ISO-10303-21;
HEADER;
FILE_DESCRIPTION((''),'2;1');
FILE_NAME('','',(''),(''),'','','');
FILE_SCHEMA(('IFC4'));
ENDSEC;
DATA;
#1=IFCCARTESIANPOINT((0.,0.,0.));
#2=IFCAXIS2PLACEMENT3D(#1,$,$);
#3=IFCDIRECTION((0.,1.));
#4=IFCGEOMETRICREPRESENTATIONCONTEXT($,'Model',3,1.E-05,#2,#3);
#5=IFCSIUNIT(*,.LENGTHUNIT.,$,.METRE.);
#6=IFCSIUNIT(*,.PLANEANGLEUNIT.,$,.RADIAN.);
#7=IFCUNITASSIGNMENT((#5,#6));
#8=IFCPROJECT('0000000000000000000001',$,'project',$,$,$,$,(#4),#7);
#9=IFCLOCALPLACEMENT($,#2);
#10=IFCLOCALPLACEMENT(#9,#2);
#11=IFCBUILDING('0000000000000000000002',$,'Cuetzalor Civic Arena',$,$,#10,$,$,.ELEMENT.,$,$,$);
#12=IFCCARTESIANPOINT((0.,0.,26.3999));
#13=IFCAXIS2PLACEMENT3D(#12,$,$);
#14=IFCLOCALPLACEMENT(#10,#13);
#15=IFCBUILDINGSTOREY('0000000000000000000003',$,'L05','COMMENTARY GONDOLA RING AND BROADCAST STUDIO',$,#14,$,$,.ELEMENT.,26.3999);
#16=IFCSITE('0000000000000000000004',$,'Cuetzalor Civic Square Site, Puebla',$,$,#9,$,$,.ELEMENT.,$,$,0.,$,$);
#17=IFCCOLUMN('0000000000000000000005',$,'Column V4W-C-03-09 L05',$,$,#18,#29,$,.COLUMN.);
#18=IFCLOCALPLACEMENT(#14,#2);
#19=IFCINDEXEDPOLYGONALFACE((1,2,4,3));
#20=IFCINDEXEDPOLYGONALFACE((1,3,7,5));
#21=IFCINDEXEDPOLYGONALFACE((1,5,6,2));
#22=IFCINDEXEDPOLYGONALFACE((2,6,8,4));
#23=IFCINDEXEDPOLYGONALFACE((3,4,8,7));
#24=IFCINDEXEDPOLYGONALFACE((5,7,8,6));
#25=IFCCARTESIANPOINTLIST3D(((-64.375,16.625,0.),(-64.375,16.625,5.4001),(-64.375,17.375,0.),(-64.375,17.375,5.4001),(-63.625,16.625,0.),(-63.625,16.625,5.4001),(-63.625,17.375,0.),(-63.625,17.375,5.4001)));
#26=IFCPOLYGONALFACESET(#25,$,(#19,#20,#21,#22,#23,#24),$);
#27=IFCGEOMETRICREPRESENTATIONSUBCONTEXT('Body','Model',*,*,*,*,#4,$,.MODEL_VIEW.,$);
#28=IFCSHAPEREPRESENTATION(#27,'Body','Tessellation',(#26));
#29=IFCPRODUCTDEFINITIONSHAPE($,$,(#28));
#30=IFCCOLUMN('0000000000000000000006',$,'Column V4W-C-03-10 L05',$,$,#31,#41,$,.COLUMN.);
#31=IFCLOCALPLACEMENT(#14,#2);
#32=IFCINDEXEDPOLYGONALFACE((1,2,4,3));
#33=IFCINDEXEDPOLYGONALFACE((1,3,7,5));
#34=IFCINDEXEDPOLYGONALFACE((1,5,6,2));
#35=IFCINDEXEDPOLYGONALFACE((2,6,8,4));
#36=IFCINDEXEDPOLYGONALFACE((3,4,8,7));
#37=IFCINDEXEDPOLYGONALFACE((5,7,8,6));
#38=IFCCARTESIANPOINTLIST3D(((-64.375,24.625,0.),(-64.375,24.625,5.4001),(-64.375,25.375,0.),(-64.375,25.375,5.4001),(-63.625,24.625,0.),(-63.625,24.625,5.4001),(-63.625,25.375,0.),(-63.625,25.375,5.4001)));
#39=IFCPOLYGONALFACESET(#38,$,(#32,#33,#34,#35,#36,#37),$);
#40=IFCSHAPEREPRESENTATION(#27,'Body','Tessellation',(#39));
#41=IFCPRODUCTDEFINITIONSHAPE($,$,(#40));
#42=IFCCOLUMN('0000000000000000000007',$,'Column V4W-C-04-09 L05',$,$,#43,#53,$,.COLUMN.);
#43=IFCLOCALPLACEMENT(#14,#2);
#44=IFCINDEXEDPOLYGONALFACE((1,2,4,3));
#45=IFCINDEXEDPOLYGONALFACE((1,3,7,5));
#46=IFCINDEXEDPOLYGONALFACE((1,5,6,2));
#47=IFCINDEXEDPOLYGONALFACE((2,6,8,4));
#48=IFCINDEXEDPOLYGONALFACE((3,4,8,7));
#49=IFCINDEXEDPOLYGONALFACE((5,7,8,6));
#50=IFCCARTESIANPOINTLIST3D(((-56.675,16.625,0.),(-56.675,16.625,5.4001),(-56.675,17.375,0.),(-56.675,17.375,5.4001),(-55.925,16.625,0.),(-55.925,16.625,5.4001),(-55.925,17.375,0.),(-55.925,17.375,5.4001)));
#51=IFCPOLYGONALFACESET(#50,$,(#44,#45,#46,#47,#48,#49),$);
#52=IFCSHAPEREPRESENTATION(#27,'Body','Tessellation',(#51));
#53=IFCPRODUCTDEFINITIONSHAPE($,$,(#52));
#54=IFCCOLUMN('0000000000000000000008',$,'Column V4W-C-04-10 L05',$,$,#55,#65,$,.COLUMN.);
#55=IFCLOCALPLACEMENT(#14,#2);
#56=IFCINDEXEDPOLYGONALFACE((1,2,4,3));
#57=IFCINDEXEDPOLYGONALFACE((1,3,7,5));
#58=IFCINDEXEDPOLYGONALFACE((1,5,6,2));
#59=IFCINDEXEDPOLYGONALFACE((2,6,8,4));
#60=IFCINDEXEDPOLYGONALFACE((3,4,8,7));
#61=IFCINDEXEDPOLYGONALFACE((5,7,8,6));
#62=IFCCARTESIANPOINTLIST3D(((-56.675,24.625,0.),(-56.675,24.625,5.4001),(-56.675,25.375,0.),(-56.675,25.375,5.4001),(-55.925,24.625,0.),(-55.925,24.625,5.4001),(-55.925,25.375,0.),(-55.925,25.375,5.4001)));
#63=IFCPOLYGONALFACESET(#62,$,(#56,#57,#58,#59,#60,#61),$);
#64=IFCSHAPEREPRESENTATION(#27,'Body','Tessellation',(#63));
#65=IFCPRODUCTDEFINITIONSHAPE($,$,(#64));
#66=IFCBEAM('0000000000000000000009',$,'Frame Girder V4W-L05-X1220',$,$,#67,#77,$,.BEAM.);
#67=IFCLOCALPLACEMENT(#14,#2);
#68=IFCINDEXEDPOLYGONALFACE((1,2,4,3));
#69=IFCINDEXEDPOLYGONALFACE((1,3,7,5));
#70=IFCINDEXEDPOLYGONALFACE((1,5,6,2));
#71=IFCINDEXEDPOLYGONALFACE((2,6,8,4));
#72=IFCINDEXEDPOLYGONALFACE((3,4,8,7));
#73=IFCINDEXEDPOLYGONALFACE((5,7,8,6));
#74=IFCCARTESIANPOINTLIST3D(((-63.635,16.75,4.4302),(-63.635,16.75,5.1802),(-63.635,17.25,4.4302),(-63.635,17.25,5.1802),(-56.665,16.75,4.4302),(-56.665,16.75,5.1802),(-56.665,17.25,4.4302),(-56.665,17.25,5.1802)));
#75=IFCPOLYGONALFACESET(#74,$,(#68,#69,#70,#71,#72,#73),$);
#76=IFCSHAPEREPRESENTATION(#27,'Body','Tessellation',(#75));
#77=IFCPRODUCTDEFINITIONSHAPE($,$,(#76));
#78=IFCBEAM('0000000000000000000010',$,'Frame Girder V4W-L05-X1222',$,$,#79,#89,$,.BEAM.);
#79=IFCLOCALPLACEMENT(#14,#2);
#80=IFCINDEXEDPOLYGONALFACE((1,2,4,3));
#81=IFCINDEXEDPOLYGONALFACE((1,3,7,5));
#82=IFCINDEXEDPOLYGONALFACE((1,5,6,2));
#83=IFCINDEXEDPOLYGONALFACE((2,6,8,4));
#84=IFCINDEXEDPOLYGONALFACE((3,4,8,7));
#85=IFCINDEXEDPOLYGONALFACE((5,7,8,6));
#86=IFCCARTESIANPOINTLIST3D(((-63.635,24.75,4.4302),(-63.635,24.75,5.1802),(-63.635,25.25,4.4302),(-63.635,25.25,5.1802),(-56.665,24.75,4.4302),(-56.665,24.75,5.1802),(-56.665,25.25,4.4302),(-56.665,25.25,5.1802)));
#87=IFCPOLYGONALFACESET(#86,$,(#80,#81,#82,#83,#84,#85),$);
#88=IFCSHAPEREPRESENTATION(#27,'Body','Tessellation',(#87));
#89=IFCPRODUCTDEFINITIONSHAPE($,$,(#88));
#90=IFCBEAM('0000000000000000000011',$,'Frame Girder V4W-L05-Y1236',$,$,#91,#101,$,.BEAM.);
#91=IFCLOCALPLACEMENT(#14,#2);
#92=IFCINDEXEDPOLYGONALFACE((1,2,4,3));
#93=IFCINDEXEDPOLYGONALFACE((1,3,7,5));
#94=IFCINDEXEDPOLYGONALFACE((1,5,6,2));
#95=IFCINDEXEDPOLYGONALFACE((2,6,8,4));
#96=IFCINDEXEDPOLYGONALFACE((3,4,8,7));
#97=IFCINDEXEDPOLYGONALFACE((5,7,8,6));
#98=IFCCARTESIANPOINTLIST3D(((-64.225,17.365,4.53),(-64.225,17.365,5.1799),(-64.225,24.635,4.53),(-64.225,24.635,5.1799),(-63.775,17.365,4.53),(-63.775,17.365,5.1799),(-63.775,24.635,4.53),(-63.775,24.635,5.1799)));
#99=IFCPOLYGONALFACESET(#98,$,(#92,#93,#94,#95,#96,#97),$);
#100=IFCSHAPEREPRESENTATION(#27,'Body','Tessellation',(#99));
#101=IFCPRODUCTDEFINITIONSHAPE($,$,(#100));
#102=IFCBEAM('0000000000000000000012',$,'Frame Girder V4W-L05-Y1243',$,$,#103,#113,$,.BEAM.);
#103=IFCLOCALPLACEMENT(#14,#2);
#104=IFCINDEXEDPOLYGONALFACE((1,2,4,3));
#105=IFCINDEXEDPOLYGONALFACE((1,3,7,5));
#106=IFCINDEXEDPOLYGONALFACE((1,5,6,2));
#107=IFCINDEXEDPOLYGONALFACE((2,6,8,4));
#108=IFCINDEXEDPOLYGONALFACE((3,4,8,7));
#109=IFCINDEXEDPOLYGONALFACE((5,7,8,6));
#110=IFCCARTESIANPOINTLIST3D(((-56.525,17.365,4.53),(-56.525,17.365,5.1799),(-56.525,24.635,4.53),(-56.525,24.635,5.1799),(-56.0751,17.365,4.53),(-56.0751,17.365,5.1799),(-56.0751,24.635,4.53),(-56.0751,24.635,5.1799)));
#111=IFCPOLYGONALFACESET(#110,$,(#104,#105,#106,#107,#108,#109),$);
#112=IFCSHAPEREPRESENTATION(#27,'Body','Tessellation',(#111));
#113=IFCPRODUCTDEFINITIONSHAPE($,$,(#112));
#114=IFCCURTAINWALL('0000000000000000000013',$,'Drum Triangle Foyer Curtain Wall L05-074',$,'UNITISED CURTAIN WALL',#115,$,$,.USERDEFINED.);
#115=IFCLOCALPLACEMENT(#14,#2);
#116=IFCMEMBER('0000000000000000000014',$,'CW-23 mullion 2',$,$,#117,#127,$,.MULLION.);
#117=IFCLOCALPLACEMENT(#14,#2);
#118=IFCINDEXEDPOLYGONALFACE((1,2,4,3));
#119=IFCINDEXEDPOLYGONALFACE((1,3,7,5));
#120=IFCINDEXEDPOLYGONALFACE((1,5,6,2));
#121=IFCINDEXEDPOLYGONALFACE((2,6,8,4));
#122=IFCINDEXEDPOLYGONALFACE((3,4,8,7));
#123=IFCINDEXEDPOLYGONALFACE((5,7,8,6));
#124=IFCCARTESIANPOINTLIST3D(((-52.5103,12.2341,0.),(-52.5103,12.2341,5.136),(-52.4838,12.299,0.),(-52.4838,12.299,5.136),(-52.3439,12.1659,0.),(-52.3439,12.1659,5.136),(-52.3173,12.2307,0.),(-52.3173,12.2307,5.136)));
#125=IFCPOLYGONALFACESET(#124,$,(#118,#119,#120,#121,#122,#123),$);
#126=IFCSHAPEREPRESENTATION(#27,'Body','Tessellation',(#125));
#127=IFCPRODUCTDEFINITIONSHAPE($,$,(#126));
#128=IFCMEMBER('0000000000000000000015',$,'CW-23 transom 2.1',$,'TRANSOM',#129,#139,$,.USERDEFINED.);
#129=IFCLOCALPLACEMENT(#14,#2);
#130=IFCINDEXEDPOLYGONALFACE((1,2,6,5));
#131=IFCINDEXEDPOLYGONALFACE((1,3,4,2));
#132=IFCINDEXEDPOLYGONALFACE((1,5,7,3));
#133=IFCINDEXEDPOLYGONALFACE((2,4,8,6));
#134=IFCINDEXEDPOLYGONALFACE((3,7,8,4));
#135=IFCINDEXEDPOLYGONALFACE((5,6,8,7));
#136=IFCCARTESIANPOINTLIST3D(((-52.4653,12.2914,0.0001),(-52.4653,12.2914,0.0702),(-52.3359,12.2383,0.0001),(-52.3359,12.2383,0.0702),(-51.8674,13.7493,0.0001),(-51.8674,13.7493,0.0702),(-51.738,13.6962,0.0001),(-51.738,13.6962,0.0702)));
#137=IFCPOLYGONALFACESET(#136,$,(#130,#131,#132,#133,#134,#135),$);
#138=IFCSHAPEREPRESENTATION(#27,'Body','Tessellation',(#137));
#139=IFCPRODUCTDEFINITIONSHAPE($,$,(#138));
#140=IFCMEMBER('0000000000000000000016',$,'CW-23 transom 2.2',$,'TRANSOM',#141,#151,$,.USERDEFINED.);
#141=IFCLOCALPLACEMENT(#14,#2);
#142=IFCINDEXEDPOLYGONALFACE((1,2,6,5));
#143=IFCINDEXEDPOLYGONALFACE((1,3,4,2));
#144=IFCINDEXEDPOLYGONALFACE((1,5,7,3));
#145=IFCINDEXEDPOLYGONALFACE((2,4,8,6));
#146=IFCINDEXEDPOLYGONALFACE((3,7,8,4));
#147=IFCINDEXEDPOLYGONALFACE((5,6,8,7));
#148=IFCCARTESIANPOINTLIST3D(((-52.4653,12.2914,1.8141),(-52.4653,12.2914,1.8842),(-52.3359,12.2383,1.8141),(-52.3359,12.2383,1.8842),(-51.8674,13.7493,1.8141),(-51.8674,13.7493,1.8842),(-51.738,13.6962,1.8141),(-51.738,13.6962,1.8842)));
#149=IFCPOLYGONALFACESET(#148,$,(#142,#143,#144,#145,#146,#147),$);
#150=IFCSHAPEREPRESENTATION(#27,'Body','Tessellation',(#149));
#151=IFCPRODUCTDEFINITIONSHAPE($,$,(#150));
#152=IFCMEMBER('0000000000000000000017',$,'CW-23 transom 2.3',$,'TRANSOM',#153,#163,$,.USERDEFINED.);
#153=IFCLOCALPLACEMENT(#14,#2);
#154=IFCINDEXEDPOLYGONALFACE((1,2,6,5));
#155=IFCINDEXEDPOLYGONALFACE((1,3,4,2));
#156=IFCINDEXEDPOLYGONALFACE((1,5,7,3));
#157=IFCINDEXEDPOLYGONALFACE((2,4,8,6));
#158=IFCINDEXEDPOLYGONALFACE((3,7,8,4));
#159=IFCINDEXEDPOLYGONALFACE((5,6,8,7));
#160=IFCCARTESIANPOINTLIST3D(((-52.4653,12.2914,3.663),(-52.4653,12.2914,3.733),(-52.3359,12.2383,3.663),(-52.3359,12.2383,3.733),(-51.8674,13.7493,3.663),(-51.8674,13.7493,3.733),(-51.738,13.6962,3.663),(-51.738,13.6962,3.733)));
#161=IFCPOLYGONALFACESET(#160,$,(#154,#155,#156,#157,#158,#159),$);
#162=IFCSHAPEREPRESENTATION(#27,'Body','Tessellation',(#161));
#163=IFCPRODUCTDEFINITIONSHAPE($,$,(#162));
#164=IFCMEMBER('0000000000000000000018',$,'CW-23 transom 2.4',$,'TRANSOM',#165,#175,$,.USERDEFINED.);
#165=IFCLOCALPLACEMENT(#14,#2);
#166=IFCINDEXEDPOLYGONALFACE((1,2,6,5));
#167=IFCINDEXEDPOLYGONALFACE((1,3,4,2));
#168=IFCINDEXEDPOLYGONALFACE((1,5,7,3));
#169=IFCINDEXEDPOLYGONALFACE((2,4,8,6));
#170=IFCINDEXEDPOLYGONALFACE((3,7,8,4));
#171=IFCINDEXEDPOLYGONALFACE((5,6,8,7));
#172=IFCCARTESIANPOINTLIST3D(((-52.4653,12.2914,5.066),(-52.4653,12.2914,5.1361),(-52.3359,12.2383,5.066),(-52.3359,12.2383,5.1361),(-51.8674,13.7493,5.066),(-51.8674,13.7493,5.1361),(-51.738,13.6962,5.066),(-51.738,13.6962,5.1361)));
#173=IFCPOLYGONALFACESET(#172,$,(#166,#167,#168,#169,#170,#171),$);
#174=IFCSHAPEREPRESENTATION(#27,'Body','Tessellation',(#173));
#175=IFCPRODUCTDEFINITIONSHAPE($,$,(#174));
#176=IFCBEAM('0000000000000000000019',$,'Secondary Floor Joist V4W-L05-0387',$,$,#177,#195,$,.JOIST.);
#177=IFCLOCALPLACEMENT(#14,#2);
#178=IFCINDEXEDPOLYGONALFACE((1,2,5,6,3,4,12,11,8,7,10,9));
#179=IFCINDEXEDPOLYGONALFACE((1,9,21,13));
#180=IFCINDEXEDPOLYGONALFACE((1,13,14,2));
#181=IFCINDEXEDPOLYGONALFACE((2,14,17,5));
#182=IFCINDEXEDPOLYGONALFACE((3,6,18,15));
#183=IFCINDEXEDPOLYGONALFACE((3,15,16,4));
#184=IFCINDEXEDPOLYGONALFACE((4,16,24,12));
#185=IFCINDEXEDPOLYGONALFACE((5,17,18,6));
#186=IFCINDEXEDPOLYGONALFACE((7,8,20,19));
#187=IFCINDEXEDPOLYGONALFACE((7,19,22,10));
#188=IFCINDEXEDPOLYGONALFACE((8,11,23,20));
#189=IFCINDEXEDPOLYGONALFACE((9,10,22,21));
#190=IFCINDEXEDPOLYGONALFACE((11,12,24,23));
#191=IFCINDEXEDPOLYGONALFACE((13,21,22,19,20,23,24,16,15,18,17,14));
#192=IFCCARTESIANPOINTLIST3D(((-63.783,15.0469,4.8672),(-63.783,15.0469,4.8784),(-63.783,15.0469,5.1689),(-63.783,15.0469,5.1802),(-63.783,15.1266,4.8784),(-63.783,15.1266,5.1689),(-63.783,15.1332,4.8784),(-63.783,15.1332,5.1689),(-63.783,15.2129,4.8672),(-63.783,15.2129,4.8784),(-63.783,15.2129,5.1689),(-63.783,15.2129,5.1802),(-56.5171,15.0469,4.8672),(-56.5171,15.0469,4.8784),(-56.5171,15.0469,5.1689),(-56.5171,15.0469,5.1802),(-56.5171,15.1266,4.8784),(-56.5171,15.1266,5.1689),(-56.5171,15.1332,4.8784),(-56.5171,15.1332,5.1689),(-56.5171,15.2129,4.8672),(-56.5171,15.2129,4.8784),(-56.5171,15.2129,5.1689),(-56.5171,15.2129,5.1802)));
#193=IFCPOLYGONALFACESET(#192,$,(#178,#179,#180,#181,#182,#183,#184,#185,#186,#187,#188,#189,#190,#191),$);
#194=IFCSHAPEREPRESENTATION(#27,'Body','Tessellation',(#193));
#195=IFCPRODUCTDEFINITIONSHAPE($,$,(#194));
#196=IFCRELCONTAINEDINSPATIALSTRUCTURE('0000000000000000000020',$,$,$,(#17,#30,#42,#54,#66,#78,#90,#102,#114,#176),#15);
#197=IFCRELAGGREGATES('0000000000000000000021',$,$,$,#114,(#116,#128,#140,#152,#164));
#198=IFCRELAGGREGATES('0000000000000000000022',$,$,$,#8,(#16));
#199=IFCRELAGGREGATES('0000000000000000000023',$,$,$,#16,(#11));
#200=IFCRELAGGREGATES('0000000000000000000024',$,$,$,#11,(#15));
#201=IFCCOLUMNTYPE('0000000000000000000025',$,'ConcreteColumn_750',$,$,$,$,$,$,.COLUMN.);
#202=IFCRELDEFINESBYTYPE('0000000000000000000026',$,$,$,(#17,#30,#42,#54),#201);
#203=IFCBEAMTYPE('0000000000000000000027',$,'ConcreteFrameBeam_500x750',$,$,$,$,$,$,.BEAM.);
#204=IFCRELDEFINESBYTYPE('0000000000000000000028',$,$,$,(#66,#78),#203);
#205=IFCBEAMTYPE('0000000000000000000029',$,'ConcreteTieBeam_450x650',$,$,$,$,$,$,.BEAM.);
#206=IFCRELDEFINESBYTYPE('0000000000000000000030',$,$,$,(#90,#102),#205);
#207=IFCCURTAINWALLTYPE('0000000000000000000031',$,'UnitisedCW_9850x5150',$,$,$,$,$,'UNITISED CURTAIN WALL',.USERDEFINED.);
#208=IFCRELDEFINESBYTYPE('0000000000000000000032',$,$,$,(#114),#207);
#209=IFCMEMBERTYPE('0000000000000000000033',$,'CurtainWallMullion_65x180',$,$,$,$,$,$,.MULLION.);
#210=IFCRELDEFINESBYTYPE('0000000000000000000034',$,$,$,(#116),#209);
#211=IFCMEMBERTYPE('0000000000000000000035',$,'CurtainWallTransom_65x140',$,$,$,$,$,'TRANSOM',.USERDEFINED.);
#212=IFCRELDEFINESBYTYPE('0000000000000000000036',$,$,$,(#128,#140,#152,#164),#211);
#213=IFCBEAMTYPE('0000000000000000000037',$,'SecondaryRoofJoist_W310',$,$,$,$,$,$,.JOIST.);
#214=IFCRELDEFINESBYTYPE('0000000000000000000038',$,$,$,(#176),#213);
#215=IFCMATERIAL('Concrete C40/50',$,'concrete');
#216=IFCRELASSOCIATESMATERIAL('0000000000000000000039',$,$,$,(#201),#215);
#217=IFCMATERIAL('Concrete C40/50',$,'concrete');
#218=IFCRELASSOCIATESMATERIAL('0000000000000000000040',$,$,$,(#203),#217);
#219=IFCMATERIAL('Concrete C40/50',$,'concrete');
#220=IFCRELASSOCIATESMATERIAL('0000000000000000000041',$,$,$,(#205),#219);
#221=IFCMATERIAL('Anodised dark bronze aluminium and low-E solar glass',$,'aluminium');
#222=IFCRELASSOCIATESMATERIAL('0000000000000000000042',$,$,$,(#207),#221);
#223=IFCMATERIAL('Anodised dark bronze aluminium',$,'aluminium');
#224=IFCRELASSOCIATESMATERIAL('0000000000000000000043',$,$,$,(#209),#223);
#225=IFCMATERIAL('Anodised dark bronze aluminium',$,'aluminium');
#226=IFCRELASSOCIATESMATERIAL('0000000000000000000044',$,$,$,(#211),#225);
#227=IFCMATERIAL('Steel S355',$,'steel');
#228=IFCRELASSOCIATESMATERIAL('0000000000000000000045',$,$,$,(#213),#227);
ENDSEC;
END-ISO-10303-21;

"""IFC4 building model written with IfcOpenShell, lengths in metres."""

from ifc_helpers import new_model, si_unit, direction, frame, origin, origin_2d, place, context, subcontext, project, spatial, rectangle, i_section, extrude, material, material_profile, profile_set, type_object, element, aggregate, save


model = new_model("IFC4")

# Units and contexts
model_context = context("Model", 3, precision=1e-05, world=origin(), true_north=direction((0.0, 1.0)))
body_context = subcontext(model_context, "Body", "Model", "MODEL_VIEW")
ifc_project = project(units=[si_unit("LENGTHUNIT", "METRE"), si_unit("PLANEANGLEUNIT", "RADIAN")], contexts=[model_context])

# Site, building, storey
site_placement = place(None, origin())
site = spatial("IfcSite", under=ifc_project, at=site_placement, Name="Cuetzalor Civic Square Site, Puebla", CompositionType="ELEMENT", RefElevation=0.0)
building_placement = place(site_placement, origin())
building = spatial("IfcBuilding", under=site, at=building_placement, Name="Cuetzalor Civic Arena", CompositionType="ELEMENT")
storey_placement = place(building_placement, frame((0.0, 0.0, 26.3999)))
storey = spatial("IfcBuildingStorey", under=building, at=storey_placement, Name="L05", Description="COMMENTARY GONDOLA RING AND BROADCAST STUDIO", CompositionType="ELEMENT", Elevation=26.3999)

# Columns
ifc_material_1 = material(Name="Concrete C40/50", Category="concrete")
ifc_material_profile_1 = material_profile(ifc_material_1, rectangle(XDim=0.75, YDim=0.75, at=origin_2d()), Name="RC 750x750")
ifc_profile_set_1 = profile_set([ifc_material_profile_1], Name="Concrete C40/50")
column_type = type_object("IfcColumnType", Name="ConcreteColumn_750", PredefinedType="COLUMN", material=ifc_profile_set_1)
for number, where, z_axis, x_axis, name in (
    (1, (-64.0, 17.0, 0.0), (0.0, 0.0, 1.0), (1.0, 0.0, 0.0), "Column V4W-C-03-09 L05"),
    (2, (-64.0, 25.0, 0.0), (0.0, 0.0, 1.0), (1.0, 0.0, 0.0), "Column V4W-C-03-10 L05"),
    (3, (-56.3, 17.0, 0.0), (0.0, 0.0, 1.0), (1.0, 0.0, 0.0), "Column V4W-C-04-09 L05"),
    (4, (-56.3, 25.0, 0.0), (0.0, 0.0, 1.0), (1.0, 0.0, 0.0), "Column V4W-C-04-10 L05"),
):
    element("IfcColumn", number, at=place(storey_placement, frame(where, z_axis=z_axis, x_axis=x_axis)), inside=storey, type_object=column_type, Name=name, PredefinedType="COLUMN", context=body_context, shape_type="SweptSolid", body=[
        extrude(rectangle(XDim=0.75, YDim=0.75, at=origin_2d()), origin(), (0.0, 0.0, 1.0), 5.4001),
    ])

# Beams
ifc_material_2 = material(Name="Concrete C40/50", Category="concrete")
ifc_material_profile_2 = material_profile(ifc_material_2, rectangle(XDim=0.5, YDim=0.75, at=origin_2d()), Name="RC 500x750")
ifc_profile_set_2 = profile_set([ifc_material_profile_2], Name="Concrete C40/50")
beam_type_1 = type_object("IfcBeamType", Name="ConcreteFrameBeam_500x750", PredefinedType="BEAM", material=ifc_profile_set_2)
for number, where, z_axis, x_axis, name in (
    (5, (-63.635, 17.0, 4.8052), (1.0, 0.0, 0.0), (0.0, 1.0, 0.0), "Frame Girder V4W-L05-X1220"),
    (6, (-63.635, 25.0, 4.8052), (1.0, 0.0, 0.0), (0.0, 1.0, 0.0), "Frame Girder V4W-L05-X1222"),
):
    element("IfcBeam", number, at=place(storey_placement, frame(where, z_axis=z_axis, x_axis=x_axis)), inside=storey, type_object=beam_type_1, Name=name, PredefinedType="BEAM", context=body_context, shape_type="SweptSolid", body=[
        extrude(rectangle(XDim=0.5, YDim=0.75, at=origin_2d()), origin(), (0.0, 0.0, 1.0), 6.97),
    ])
ifc_material_3 = material(Name="Concrete C40/50", Category="concrete")
ifc_material_profile_3 = material_profile(ifc_material_3, rectangle(XDim=0.45, YDim=0.6499, at=origin_2d()), Name="RC 450x650")
ifc_profile_set_3 = profile_set([ifc_material_profile_3], Name="Concrete C40/50")
beam_type_2 = type_object("IfcBeamType", Name="ConcreteTieBeam_450x650", PredefinedType="BEAM", material=ifc_profile_set_3)
for number, where, z_axis, x_axis, name in (
    (7, (-64.0, 17.365, 4.855), (0.0, 1.0, 0.0), (-1.0, 0.0, 0.0), "Frame Girder V4W-L05-Y1236"),
    (8, (-56.3, 17.365, 4.855), (0.0, 1.0, 0.0), (-1.0, 0.0, 0.0), "Frame Girder V4W-L05-Y1243"),
):
    element("IfcBeam", number, at=place(storey_placement, frame(where, z_axis=z_axis, x_axis=x_axis)), inside=storey, type_object=beam_type_2, Name=name, PredefinedType="BEAM", context=body_context, shape_type="SweptSolid", body=[
        extrude(rectangle(XDim=0.45, YDim=0.6499, at=origin_2d()), origin(), (0.0, 0.0, 1.0), 7.27),
    ])

# Curtain wall, members
ifc_material_4 = material(Name="Anodised dark bronze aluminium and low-E solar glass", Category="aluminium")
curtain_wall_type = type_object("IfcCurtainWallType", Name="UnitisedCW_9850x5150", ElementType="UNITISED CURTAIN WALL", PredefinedType="USERDEFINED", material=ifc_material_4)
curtain_wall_placement = place(storey_placement, origin())
curtain_wall = element("IfcCurtainWall", 9, at=curtain_wall_placement, inside=storey, type_object=curtain_wall_type, Name="Drum Triangle Foyer Curtain Wall L05-074", ObjectType="UNITISED CURTAIN WALL", PredefinedType="USERDEFINED")
ifc_material_5 = material(Name="Anodised dark bronze aluminium", Category="aluminium")
ifc_material_profile_4 = material_profile(ifc_material_5, rectangle(XDim=0.0701, YDim=0.1799, at=origin_2d()), Name="ALU MULLION 70x180")
ifc_profile_set_4 = profile_set([ifc_material_profile_4], Name="Anodised dark bronze aluminium")
member_type_1 = type_object("IfcMemberType", Name="CurtainWallMullion_65x180", PredefinedType="MULLION", material=ifc_profile_set_4)
member_1_placement = place(storey_placement, frame((-52.4138, 12.2324, 0.0), z_axis=(0.0, 0.0, 1.0), x_axis=(0.379391, 0.925236, 0.0)))
member_1 = element("IfcMember", 10, at=member_1_placement, type_object=member_type_1, Name="CW-23 mullion 2", PredefinedType="MULLION", context=body_context, shape_type="SweptSolid", body=[
    extrude(rectangle(XDim=0.0701, YDim=0.1799, at=origin_2d()), origin(), (0.0, 0.0, 1.0), 5.136),
])
ifc_material_6 = material(Name="Anodised dark bronze aluminium", Category="aluminium")
ifc_material_profile_5 = material_profile(ifc_material_6, rectangle(XDim=0.1399, YDim=0.0701, at=origin_2d()), Name="ALU TRANSOM 70x140")
ifc_profile_set_5 = profile_set([ifc_material_profile_5], Name="Anodised dark bronze aluminium")
member_type_2 = type_object("IfcMemberType", Name="CurtainWallTransom_65x140", ElementType="TRANSOM", PredefinedType="USERDEFINED", material=ifc_profile_set_5)
member_2_placement = place(storey_placement, frame((-52.4006, 12.2649, 0.0352), z_axis=(0.379471, 0.925203, 0.0), x_axis=(-0.925203, 0.379471, 0.0)))
member_2 = element("IfcMember", 11, at=member_2_placement, type_object=member_type_2, Name="CW-23 transom 2.1", ObjectType="TRANSOM", PredefinedType="USERDEFINED", context=body_context, shape_type="SweptSolid", body=[
    extrude(rectangle(XDim=0.1399, YDim=0.0701, at=origin_2d()), origin(), (0.0, 0.0, 1.0), 1.5757),
])
member_3_placement = place(storey_placement, frame((-52.4006, 12.2649, 1.8491), z_axis=(0.379471, 0.925203, 0.0), x_axis=(-0.925203, 0.379471, 0.0)))
member_3 = element("IfcMember", 12, at=member_3_placement, type_object=member_type_2, Name="CW-23 transom 2.2", ObjectType="TRANSOM", PredefinedType="USERDEFINED", context=body_context, shape_type="SweptSolid", body=[
    extrude(rectangle(XDim=0.1399, YDim=0.0701, at=origin_2d()), origin(), (0.0, 0.0, 1.0), 1.5757),
])
member_4_placement = place(storey_placement, frame((-52.4006, 12.2649, 3.698), z_axis=(0.379471, 0.925203, 0.0), x_axis=(-0.925203, 0.379471, 0.0)))
member_4 = element("IfcMember", 13, at=member_4_placement, type_object=member_type_2, Name="CW-23 transom 2.3", ObjectType="TRANSOM", PredefinedType="USERDEFINED", context=body_context, shape_type="SweptSolid", body=[
    extrude(rectangle(XDim=0.1399, YDim=0.0701, at=origin_2d()), origin(), (0.0, 0.0, 1.0), 1.5757),
])
member_5_placement = place(storey_placement, frame((-52.4006, 12.2649, 5.1011), z_axis=(0.379471, 0.925203, 0.0), x_axis=(-0.925203, 0.379471, 0.0)))
member_5 = element("IfcMember", 14, at=member_5_placement, type_object=member_type_2, Name="CW-23 transom 2.4", ObjectType="TRANSOM", PredefinedType="USERDEFINED", context=body_context, shape_type="SweptSolid", body=[
    extrude(rectangle(XDim=0.1399, YDim=0.0701, at=origin_2d()), origin(), (0.0, 0.0, 1.0), 1.5757),
])

# Beam
ifc_material_7 = material(Name="Steel S355", Category="steel")
ifc_material_profile_6 = material_profile(ifc_material_7, i_section(OverallWidth=0.166, OverallDepth=0.313, WebThickness=0.0066, FlangeThickness=0.0112, at=origin_2d()), Name="W310x45")
ifc_profile_set_6 = profile_set([ifc_material_profile_6], Name="Steel S355")
beam_type_3 = type_object("IfcBeamType", Name="SecondaryRoofJoist_W310", PredefinedType="JOIST", material=ifc_profile_set_6)
for number, where, z_axis, x_axis, name in (
    (15, (-63.783, 15.1299, 5.0237), (1.0, 0.0, 0.0), (0.0, 1.0, 0.0), "Secondary Floor Joist V4W-L05-0387"),
):
    element("IfcBeam", number, at=place(storey_placement, frame(where, z_axis=z_axis, x_axis=x_axis)), inside=storey, type_object=beam_type_3, Name=name, PredefinedType="JOIST", context=body_context, shape_type="SweptSolid", body=[
        extrude(i_section(OverallWidth=0.166, OverallDepth=0.313, WebThickness=0.0066, FlangeThickness=0.0112, at=origin_2d()), origin(), (0.0, 0.0, 1.0), 7.2659),
    ])

aggregate(curtain_wall, [member_1, member_2, member_3, member_4, member_5])

save(model, "model.ifc")
